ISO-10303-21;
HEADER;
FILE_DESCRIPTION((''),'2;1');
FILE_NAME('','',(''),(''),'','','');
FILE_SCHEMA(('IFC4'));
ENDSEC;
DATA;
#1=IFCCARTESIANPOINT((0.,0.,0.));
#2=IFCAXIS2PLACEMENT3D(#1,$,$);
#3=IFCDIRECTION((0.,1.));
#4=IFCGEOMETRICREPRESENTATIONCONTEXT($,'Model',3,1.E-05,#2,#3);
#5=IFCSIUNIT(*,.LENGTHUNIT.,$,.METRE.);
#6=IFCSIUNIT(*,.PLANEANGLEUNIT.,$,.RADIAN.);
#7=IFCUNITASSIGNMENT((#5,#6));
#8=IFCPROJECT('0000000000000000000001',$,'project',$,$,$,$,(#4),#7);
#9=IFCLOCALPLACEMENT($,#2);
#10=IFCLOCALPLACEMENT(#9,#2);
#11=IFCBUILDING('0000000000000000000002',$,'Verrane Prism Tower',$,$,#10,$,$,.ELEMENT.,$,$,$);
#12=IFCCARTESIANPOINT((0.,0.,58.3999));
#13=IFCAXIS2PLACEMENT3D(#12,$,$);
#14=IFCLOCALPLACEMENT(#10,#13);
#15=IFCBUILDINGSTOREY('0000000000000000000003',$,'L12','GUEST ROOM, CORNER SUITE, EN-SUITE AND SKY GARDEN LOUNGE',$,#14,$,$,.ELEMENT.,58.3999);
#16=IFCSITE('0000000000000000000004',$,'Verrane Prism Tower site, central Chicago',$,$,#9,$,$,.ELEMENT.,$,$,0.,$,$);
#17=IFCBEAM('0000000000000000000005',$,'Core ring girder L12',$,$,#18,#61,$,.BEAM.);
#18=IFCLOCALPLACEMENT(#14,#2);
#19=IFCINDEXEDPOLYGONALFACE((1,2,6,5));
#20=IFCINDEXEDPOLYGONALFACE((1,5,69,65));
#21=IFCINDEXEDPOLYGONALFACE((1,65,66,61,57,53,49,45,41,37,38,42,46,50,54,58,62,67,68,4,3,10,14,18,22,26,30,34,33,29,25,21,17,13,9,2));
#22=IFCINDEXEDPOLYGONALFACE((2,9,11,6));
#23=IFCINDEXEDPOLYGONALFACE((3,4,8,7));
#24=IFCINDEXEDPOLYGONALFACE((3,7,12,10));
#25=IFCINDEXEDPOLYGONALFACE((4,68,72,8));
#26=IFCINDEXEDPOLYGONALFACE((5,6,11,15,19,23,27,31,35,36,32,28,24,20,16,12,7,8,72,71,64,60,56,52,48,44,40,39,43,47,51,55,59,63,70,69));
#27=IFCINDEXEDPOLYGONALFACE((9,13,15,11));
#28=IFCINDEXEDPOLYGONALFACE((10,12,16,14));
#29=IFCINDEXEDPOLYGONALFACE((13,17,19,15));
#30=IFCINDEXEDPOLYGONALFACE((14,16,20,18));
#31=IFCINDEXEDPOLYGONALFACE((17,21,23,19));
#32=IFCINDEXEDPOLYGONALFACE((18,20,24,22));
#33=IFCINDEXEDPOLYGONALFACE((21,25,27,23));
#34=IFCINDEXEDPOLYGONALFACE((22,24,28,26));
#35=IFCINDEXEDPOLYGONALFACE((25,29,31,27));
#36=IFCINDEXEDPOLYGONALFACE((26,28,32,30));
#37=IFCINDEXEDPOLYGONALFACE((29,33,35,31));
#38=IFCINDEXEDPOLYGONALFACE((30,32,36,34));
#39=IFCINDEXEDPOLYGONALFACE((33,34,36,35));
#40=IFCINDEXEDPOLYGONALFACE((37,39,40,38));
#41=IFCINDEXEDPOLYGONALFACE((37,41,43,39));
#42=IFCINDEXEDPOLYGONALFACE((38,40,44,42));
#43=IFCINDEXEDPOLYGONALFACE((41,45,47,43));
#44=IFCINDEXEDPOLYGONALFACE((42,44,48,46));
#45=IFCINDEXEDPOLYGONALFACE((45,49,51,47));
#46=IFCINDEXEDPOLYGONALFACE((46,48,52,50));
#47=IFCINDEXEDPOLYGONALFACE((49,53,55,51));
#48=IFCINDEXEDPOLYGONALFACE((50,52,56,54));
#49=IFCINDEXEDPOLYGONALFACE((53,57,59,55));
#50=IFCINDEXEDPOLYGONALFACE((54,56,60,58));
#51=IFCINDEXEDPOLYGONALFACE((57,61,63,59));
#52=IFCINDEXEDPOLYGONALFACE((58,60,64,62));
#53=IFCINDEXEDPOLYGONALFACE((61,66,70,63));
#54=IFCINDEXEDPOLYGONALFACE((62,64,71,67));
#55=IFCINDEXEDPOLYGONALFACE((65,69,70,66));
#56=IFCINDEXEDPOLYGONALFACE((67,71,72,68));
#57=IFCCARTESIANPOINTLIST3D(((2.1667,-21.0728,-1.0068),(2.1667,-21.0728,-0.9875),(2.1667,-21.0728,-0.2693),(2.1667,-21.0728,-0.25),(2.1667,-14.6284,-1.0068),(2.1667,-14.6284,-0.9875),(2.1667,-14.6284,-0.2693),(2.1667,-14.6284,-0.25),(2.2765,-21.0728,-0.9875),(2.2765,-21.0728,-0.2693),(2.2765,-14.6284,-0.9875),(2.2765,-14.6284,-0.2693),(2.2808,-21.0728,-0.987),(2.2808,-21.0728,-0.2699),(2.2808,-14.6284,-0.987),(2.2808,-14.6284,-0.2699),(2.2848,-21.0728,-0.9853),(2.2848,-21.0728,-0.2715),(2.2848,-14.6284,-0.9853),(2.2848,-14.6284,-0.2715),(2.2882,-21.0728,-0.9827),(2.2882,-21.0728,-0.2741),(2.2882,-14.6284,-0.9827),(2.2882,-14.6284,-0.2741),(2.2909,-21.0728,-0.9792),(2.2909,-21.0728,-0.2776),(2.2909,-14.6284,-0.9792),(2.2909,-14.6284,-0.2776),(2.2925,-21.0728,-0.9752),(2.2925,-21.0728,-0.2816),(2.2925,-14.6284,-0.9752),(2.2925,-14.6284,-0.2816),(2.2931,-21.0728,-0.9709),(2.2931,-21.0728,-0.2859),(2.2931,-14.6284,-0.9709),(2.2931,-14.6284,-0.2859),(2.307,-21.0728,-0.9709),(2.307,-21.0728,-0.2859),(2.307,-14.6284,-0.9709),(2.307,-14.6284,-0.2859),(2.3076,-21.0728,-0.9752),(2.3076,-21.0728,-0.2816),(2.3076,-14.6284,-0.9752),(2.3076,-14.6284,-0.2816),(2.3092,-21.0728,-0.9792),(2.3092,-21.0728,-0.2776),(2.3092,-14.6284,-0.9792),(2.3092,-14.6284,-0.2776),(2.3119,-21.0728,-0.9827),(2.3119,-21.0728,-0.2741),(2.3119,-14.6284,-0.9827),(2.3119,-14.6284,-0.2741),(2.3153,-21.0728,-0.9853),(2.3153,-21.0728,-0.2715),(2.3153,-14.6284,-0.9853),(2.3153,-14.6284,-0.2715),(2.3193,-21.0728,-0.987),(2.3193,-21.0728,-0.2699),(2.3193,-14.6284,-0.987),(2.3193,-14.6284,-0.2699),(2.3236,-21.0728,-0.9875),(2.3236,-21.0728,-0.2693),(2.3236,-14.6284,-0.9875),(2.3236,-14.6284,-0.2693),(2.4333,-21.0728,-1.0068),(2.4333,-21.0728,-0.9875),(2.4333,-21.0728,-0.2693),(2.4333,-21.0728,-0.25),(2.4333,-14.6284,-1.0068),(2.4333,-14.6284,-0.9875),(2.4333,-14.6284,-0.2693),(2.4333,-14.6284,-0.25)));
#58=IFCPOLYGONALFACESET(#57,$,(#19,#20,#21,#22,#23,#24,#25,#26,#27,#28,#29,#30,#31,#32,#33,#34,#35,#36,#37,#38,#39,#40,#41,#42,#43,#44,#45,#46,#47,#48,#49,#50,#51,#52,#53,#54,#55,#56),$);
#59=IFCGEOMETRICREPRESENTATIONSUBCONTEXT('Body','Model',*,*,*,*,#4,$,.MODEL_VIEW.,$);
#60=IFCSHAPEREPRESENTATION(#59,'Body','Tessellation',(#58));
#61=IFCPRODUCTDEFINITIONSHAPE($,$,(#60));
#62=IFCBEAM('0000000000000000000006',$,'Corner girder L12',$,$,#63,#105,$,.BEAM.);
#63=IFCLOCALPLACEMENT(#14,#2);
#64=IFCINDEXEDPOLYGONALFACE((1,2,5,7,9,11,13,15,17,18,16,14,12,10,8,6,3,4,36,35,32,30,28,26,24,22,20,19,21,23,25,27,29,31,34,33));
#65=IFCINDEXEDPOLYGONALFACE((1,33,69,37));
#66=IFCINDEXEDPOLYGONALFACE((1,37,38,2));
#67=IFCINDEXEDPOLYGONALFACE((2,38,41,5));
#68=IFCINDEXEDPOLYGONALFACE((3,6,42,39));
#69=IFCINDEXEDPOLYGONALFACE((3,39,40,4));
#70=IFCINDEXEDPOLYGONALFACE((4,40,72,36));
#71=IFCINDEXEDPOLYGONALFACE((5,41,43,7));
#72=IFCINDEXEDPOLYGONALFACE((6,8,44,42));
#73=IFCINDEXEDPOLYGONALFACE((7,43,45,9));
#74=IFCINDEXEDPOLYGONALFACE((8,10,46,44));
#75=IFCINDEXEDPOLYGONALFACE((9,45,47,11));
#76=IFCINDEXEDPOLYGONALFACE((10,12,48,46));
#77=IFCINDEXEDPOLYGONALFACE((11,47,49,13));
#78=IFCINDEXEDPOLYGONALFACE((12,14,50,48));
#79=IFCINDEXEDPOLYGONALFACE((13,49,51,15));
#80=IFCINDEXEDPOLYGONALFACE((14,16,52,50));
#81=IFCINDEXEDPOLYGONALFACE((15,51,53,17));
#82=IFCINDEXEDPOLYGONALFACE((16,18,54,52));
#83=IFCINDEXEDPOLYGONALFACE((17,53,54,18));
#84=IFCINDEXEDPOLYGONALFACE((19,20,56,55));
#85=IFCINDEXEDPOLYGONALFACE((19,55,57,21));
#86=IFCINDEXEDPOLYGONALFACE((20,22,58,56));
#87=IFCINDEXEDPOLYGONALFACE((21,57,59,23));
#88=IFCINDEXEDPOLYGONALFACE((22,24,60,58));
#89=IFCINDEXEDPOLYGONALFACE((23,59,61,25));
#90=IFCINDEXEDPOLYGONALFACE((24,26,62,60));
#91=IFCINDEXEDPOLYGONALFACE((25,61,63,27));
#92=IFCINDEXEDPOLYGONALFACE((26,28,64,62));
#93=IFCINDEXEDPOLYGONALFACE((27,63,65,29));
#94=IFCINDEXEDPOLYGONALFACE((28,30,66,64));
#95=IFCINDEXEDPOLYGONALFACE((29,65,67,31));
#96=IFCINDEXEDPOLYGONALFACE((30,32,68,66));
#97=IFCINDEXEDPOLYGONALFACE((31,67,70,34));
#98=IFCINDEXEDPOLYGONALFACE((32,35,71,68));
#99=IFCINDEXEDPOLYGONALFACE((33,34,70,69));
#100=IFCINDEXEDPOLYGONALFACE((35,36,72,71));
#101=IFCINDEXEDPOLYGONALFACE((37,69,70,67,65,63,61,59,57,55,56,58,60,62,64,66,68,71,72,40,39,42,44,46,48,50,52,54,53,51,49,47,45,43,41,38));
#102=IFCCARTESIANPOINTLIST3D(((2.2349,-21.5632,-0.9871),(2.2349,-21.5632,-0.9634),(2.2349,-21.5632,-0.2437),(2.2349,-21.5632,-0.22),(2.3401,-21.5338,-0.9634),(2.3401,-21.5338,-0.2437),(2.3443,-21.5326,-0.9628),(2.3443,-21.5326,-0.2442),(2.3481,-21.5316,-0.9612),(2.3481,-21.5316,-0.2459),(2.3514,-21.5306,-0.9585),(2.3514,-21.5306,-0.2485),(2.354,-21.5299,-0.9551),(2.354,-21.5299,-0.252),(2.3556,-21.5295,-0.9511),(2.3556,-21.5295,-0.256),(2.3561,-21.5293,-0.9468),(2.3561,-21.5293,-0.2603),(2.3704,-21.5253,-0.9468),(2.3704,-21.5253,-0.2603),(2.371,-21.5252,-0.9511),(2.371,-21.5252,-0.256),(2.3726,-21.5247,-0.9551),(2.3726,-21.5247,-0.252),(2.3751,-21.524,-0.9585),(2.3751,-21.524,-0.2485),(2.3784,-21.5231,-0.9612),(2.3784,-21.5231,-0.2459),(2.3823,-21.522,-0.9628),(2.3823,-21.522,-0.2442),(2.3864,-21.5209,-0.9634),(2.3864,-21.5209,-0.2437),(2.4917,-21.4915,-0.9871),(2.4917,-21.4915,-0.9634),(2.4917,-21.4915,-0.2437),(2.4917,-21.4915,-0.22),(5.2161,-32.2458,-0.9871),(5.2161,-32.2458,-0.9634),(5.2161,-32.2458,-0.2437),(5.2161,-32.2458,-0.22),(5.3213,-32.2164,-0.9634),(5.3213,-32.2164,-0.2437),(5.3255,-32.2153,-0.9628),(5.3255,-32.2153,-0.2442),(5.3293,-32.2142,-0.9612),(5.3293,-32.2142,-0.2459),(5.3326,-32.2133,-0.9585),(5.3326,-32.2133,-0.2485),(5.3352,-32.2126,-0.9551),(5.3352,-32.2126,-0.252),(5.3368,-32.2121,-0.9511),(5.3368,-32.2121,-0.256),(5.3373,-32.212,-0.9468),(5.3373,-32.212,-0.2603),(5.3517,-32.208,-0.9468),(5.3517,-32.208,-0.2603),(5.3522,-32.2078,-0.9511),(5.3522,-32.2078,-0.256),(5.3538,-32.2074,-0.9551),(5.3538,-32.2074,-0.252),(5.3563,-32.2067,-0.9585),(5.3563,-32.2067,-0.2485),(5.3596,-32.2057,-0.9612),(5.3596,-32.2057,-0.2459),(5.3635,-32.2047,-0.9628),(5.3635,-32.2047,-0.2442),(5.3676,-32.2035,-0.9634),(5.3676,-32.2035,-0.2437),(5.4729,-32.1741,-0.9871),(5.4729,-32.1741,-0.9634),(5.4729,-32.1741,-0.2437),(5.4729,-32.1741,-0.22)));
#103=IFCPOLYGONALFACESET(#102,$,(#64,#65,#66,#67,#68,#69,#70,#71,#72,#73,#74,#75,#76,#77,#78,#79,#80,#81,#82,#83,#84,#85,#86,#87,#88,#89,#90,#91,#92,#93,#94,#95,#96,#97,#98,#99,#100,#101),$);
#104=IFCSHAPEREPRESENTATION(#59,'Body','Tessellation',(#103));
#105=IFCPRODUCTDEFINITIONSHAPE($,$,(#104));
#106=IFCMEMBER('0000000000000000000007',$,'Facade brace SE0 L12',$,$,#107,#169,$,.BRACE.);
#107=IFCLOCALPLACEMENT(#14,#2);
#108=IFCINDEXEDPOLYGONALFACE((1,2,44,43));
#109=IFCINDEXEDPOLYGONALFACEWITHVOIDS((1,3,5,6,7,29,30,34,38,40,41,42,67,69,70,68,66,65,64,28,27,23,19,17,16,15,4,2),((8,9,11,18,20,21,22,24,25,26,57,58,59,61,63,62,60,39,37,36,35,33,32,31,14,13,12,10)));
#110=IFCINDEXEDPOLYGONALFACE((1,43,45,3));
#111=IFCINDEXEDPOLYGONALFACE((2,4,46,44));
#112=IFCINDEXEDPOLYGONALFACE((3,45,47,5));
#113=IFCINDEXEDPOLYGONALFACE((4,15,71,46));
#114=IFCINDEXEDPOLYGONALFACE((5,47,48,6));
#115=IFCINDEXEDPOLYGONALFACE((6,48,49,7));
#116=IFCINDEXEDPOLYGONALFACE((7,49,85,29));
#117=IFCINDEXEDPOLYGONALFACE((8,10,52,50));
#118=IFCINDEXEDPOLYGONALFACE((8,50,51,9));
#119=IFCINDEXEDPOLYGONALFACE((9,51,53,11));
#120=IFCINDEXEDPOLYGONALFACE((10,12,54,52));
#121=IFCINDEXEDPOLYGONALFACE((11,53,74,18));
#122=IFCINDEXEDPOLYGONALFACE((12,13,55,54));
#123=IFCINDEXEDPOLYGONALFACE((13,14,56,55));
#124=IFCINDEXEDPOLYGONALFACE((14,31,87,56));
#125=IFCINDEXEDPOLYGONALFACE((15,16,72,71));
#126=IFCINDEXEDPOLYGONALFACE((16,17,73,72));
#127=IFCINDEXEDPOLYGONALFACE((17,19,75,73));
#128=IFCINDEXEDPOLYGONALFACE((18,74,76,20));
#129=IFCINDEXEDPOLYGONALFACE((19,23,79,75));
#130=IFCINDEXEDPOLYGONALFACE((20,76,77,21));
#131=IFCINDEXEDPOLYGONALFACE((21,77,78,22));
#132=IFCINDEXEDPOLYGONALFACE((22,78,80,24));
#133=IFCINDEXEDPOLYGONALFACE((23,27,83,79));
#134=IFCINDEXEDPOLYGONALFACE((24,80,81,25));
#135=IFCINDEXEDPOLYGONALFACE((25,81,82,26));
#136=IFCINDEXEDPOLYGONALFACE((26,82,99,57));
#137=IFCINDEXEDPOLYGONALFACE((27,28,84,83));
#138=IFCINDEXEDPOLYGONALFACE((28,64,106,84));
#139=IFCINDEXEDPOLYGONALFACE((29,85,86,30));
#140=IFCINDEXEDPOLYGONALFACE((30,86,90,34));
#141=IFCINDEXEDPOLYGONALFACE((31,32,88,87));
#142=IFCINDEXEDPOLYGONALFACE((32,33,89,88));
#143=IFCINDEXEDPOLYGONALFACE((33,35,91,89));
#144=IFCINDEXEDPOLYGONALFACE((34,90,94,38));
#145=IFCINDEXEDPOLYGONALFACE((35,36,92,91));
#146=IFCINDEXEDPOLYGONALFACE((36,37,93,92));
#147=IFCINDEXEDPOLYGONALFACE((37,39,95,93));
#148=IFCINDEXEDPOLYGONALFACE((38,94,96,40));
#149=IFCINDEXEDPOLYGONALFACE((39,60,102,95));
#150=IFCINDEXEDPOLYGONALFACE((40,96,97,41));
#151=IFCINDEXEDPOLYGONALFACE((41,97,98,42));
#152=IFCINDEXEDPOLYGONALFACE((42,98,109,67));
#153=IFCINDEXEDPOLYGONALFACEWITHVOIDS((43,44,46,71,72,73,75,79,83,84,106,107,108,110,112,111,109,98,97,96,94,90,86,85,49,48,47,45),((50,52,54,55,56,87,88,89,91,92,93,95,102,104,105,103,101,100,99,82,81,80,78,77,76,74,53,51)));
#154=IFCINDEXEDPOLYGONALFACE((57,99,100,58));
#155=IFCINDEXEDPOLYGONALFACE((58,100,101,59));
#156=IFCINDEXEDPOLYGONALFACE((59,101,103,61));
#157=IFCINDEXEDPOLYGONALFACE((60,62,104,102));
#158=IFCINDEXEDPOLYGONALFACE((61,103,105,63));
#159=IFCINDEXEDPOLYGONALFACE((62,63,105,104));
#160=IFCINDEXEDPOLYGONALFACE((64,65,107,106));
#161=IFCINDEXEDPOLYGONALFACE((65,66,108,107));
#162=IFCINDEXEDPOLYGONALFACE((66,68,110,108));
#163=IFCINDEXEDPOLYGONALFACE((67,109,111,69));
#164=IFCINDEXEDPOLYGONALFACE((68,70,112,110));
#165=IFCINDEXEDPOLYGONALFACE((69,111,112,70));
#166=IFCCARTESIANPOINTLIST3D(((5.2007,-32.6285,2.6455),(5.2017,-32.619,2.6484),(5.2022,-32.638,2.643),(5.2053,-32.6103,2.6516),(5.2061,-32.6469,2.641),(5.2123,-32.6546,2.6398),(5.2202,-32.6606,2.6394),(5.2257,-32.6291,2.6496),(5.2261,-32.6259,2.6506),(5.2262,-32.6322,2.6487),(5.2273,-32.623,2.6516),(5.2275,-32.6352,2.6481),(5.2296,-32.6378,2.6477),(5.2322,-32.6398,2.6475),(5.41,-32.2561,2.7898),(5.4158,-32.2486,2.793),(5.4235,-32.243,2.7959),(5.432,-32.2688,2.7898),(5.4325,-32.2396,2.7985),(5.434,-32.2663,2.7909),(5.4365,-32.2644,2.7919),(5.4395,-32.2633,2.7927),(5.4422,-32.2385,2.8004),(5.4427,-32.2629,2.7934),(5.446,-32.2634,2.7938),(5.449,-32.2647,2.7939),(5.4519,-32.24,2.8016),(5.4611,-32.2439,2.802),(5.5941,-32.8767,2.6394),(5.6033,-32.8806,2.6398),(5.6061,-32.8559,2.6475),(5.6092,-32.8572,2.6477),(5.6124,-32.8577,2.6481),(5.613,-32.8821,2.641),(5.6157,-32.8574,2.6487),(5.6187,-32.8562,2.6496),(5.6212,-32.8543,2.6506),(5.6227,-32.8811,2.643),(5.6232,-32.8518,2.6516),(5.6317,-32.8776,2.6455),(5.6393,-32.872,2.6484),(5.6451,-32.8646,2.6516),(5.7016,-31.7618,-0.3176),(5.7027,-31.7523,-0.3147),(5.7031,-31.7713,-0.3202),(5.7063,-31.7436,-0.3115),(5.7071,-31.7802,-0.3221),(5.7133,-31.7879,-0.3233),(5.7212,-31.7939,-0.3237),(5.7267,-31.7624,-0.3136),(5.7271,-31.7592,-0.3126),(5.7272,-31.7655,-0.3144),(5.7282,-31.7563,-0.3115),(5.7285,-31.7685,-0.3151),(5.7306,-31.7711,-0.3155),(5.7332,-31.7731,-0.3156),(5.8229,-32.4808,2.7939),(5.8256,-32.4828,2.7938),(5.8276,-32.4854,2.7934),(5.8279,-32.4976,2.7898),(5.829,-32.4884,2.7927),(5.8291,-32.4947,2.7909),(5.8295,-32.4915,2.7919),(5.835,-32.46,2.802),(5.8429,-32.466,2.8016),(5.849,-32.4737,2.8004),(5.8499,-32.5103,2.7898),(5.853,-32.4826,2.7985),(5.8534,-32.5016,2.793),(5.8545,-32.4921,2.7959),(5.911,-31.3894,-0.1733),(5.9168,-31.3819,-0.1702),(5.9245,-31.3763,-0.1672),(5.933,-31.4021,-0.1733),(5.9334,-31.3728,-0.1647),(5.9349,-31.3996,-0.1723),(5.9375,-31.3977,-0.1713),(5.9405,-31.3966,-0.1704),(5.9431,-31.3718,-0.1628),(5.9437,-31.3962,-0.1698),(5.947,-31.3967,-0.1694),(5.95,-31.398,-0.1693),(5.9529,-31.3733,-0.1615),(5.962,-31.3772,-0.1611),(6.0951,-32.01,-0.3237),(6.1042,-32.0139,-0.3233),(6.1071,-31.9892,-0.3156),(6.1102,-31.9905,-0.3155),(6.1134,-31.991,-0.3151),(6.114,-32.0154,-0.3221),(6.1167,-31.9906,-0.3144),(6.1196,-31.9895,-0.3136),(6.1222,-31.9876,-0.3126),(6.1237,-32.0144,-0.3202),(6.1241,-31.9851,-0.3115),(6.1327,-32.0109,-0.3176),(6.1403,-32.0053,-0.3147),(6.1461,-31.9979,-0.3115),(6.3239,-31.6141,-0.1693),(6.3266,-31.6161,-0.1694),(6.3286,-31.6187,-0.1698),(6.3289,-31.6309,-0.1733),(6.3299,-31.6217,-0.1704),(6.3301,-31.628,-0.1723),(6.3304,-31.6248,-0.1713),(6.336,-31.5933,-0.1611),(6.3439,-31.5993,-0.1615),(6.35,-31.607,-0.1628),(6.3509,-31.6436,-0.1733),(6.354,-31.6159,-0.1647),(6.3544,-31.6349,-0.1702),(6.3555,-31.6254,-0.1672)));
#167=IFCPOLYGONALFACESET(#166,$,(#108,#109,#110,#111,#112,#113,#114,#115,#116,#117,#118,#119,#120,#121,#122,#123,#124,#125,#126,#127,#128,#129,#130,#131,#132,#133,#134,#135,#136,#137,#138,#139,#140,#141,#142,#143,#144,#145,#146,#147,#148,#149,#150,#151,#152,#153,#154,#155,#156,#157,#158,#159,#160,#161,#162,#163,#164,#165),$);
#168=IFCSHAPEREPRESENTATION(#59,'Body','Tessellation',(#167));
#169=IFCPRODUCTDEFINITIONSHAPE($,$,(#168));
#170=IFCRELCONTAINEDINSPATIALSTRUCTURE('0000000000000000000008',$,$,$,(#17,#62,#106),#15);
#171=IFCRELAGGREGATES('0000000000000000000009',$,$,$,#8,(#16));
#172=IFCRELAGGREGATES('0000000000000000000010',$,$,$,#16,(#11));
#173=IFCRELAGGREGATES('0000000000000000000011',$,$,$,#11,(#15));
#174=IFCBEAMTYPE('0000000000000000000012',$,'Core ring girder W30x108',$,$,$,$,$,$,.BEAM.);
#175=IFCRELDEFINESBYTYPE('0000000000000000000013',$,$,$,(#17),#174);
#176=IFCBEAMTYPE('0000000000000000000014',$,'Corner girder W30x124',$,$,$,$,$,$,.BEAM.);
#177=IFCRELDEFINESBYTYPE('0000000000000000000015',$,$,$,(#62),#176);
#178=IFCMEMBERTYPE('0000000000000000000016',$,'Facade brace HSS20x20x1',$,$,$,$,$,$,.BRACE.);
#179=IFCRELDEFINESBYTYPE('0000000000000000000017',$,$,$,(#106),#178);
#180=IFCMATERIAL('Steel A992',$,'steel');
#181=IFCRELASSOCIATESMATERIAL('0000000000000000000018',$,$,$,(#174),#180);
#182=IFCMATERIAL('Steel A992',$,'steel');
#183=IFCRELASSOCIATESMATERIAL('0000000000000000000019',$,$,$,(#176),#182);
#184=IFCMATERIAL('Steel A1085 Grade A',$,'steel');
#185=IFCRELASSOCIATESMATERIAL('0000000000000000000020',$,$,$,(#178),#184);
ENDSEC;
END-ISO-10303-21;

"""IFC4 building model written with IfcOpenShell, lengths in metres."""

from ifc_helpers import new_model, si_unit, direction, frame, origin, origin_2d, place, context, subcontext, project, spatial, hollow_rectangle, i_section, extrude, material, material_profile, profile_set, type_object, element, save


model = new_model("IFC4")

# Units and contexts
model_context = context("Model", 3, precision=1e-05, world=origin(), true_north=direction((0.0, 1.0)))
body_context = subcontext(model_context, "Body", "Model", "MODEL_VIEW")
ifc_project = project(units=[si_unit("LENGTHUNIT", "METRE"), si_unit("PLANEANGLEUNIT", "RADIAN")], contexts=[model_context])

# Site, building, storey
site_placement = place(None, origin())
site = spatial("IfcSite", under=ifc_project, at=site_placement, Name="Verrane Prism Tower site, central Chicago", CompositionType="ELEMENT", RefElevation=0.0)
building_placement = place(site_placement, origin())
building = spatial("IfcBuilding", under=site, at=building_placement, Name="Verrane Prism Tower", CompositionType="ELEMENT")
storey_placement = place(building_placement, frame((0.0, 0.0, 58.3999)))
storey = spatial("IfcBuildingStorey", under=building, at=storey_placement, Name="L12", Description="GUEST ROOM, CORNER SUITE, EN-SUITE AND SKY GARDEN LOUNGE", CompositionType="ELEMENT", Elevation=58.3999)

# Beams
ifc_material_1 = material(Name="Steel A992", Category="steel")
ifc_material_profile_1 = material_profile(ifc_material_1, i_section(OverallWidth=0.2666, OverallDepth=0.7568, WebThickness=0.0139, FlangeThickness=0.0193, FilletRadius=0.0166, at=origin_2d()), Name="W30x108")
ifc_profile_set_1 = profile_set([ifc_material_profile_1], Name="Steel A992")
beam_type_1 = type_object("IfcBeamType", Name="Core ring girder W30x108", PredefinedType="BEAM", material=ifc_profile_set_1)
beam_1_placement = place(storey_placement, frame((2.3, -21.0728, -0.6284), z_axis=(0.0, 1.0, 0.0), x_axis=(-1.0, 0.0, 0.0)))
element("IfcBeam", 1, at=beam_1_placement, inside=storey, type_object=beam_type_1, Name="Core ring girder L12", PredefinedType="BEAM", context=body_context, shape_type="SweptSolid", body=[
    extrude(i_section(OverallWidth=0.2666, OverallDepth=0.7568, WebThickness=0.0139, FlangeThickness=0.0193, FilletRadius=0.0166, at=origin_2d()), origin(), (0.0, 0.0, 1.0), 6.4443),
])
ifc_material_2 = material(Name="Steel A992", Category="steel")
ifc_material_profile_2 = material_profile(ifc_material_2, i_section(OverallWidth=0.2666, OverallDepth=0.7671, WebThickness=0.0149, FlangeThickness=0.0237, FilletRadius=0.0166, at=origin_2d()), Name="W30x124")
ifc_profile_set_2 = profile_set([ifc_material_profile_2], Name="Steel A992")
beam_type_2 = type_object("IfcBeamType", Name="Corner girder W30x124", PredefinedType="BEAM", material=ifc_profile_set_2)
beam_2_placement = place(storey_placement, frame((5.3445, -32.21, -0.6035), z_axis=(-0.268799, 0.963196, 0.0), x_axis=(-0.963196, -0.268799, 0.0)))
element("IfcBeam", 2, at=beam_2_placement, inside=storey, type_object=beam_type_2, Name="Corner girder L12", PredefinedType="BEAM", context=body_context, shape_type="SweptSolid", body=[
    extrude(i_section(OverallWidth=0.2666, OverallDepth=0.7671, WebThickness=0.0149, FlangeThickness=0.0237, FilletRadius=0.0166, at=origin_2d()), origin(), (0.0, 0.0, 1.0), 11.0908),
])

# Member
ifc_material_3 = material(Name="Steel A1085 Grade A", Category="steel")
ifc_material_profile_3 = material_profile(ifc_material_3, hollow_rectangle(XDim=0.5081, YDim=0.5081, WallThickness=0.0254, InnerFilletRadius=0.0127, OuterFilletRadius=0.0381, at=origin_2d()), Name="HSS20x20x1")
ifc_profile_set_3 = profile_set([ifc_material_profile_3], Name="Steel A1085 Grade A")
member_type_1 = type_object("IfcMemberType", Name="Facade brace HSS20x20x1", PredefinedType="BRACE", material=ifc_profile_set_3)
member_1_placement = place(storey_placement, frame((6.0286, -31.6936, -0.2424), z_axis=(-0.160176, -0.277107, 0.947394), x_axis=(0.865771, -0.50044, 0.0)))
element("IfcMember", 3, at=member_1_placement, inside=storey, type_object=member_type_1, Name="Facade brace SE0 L12", PredefinedType="BRACE", context=body_context, shape_type="SweptSolid", body=[
    extrude(hollow_rectangle(XDim=0.5081, YDim=0.5081, WallThickness=0.0254, InnerFilletRadius=0.0127, OuterFilletRadius=0.0381, at=origin_2d()), origin(), (0.0, 0.0, 1.0), 3.1277),
])

save(model, "model.ifc")
